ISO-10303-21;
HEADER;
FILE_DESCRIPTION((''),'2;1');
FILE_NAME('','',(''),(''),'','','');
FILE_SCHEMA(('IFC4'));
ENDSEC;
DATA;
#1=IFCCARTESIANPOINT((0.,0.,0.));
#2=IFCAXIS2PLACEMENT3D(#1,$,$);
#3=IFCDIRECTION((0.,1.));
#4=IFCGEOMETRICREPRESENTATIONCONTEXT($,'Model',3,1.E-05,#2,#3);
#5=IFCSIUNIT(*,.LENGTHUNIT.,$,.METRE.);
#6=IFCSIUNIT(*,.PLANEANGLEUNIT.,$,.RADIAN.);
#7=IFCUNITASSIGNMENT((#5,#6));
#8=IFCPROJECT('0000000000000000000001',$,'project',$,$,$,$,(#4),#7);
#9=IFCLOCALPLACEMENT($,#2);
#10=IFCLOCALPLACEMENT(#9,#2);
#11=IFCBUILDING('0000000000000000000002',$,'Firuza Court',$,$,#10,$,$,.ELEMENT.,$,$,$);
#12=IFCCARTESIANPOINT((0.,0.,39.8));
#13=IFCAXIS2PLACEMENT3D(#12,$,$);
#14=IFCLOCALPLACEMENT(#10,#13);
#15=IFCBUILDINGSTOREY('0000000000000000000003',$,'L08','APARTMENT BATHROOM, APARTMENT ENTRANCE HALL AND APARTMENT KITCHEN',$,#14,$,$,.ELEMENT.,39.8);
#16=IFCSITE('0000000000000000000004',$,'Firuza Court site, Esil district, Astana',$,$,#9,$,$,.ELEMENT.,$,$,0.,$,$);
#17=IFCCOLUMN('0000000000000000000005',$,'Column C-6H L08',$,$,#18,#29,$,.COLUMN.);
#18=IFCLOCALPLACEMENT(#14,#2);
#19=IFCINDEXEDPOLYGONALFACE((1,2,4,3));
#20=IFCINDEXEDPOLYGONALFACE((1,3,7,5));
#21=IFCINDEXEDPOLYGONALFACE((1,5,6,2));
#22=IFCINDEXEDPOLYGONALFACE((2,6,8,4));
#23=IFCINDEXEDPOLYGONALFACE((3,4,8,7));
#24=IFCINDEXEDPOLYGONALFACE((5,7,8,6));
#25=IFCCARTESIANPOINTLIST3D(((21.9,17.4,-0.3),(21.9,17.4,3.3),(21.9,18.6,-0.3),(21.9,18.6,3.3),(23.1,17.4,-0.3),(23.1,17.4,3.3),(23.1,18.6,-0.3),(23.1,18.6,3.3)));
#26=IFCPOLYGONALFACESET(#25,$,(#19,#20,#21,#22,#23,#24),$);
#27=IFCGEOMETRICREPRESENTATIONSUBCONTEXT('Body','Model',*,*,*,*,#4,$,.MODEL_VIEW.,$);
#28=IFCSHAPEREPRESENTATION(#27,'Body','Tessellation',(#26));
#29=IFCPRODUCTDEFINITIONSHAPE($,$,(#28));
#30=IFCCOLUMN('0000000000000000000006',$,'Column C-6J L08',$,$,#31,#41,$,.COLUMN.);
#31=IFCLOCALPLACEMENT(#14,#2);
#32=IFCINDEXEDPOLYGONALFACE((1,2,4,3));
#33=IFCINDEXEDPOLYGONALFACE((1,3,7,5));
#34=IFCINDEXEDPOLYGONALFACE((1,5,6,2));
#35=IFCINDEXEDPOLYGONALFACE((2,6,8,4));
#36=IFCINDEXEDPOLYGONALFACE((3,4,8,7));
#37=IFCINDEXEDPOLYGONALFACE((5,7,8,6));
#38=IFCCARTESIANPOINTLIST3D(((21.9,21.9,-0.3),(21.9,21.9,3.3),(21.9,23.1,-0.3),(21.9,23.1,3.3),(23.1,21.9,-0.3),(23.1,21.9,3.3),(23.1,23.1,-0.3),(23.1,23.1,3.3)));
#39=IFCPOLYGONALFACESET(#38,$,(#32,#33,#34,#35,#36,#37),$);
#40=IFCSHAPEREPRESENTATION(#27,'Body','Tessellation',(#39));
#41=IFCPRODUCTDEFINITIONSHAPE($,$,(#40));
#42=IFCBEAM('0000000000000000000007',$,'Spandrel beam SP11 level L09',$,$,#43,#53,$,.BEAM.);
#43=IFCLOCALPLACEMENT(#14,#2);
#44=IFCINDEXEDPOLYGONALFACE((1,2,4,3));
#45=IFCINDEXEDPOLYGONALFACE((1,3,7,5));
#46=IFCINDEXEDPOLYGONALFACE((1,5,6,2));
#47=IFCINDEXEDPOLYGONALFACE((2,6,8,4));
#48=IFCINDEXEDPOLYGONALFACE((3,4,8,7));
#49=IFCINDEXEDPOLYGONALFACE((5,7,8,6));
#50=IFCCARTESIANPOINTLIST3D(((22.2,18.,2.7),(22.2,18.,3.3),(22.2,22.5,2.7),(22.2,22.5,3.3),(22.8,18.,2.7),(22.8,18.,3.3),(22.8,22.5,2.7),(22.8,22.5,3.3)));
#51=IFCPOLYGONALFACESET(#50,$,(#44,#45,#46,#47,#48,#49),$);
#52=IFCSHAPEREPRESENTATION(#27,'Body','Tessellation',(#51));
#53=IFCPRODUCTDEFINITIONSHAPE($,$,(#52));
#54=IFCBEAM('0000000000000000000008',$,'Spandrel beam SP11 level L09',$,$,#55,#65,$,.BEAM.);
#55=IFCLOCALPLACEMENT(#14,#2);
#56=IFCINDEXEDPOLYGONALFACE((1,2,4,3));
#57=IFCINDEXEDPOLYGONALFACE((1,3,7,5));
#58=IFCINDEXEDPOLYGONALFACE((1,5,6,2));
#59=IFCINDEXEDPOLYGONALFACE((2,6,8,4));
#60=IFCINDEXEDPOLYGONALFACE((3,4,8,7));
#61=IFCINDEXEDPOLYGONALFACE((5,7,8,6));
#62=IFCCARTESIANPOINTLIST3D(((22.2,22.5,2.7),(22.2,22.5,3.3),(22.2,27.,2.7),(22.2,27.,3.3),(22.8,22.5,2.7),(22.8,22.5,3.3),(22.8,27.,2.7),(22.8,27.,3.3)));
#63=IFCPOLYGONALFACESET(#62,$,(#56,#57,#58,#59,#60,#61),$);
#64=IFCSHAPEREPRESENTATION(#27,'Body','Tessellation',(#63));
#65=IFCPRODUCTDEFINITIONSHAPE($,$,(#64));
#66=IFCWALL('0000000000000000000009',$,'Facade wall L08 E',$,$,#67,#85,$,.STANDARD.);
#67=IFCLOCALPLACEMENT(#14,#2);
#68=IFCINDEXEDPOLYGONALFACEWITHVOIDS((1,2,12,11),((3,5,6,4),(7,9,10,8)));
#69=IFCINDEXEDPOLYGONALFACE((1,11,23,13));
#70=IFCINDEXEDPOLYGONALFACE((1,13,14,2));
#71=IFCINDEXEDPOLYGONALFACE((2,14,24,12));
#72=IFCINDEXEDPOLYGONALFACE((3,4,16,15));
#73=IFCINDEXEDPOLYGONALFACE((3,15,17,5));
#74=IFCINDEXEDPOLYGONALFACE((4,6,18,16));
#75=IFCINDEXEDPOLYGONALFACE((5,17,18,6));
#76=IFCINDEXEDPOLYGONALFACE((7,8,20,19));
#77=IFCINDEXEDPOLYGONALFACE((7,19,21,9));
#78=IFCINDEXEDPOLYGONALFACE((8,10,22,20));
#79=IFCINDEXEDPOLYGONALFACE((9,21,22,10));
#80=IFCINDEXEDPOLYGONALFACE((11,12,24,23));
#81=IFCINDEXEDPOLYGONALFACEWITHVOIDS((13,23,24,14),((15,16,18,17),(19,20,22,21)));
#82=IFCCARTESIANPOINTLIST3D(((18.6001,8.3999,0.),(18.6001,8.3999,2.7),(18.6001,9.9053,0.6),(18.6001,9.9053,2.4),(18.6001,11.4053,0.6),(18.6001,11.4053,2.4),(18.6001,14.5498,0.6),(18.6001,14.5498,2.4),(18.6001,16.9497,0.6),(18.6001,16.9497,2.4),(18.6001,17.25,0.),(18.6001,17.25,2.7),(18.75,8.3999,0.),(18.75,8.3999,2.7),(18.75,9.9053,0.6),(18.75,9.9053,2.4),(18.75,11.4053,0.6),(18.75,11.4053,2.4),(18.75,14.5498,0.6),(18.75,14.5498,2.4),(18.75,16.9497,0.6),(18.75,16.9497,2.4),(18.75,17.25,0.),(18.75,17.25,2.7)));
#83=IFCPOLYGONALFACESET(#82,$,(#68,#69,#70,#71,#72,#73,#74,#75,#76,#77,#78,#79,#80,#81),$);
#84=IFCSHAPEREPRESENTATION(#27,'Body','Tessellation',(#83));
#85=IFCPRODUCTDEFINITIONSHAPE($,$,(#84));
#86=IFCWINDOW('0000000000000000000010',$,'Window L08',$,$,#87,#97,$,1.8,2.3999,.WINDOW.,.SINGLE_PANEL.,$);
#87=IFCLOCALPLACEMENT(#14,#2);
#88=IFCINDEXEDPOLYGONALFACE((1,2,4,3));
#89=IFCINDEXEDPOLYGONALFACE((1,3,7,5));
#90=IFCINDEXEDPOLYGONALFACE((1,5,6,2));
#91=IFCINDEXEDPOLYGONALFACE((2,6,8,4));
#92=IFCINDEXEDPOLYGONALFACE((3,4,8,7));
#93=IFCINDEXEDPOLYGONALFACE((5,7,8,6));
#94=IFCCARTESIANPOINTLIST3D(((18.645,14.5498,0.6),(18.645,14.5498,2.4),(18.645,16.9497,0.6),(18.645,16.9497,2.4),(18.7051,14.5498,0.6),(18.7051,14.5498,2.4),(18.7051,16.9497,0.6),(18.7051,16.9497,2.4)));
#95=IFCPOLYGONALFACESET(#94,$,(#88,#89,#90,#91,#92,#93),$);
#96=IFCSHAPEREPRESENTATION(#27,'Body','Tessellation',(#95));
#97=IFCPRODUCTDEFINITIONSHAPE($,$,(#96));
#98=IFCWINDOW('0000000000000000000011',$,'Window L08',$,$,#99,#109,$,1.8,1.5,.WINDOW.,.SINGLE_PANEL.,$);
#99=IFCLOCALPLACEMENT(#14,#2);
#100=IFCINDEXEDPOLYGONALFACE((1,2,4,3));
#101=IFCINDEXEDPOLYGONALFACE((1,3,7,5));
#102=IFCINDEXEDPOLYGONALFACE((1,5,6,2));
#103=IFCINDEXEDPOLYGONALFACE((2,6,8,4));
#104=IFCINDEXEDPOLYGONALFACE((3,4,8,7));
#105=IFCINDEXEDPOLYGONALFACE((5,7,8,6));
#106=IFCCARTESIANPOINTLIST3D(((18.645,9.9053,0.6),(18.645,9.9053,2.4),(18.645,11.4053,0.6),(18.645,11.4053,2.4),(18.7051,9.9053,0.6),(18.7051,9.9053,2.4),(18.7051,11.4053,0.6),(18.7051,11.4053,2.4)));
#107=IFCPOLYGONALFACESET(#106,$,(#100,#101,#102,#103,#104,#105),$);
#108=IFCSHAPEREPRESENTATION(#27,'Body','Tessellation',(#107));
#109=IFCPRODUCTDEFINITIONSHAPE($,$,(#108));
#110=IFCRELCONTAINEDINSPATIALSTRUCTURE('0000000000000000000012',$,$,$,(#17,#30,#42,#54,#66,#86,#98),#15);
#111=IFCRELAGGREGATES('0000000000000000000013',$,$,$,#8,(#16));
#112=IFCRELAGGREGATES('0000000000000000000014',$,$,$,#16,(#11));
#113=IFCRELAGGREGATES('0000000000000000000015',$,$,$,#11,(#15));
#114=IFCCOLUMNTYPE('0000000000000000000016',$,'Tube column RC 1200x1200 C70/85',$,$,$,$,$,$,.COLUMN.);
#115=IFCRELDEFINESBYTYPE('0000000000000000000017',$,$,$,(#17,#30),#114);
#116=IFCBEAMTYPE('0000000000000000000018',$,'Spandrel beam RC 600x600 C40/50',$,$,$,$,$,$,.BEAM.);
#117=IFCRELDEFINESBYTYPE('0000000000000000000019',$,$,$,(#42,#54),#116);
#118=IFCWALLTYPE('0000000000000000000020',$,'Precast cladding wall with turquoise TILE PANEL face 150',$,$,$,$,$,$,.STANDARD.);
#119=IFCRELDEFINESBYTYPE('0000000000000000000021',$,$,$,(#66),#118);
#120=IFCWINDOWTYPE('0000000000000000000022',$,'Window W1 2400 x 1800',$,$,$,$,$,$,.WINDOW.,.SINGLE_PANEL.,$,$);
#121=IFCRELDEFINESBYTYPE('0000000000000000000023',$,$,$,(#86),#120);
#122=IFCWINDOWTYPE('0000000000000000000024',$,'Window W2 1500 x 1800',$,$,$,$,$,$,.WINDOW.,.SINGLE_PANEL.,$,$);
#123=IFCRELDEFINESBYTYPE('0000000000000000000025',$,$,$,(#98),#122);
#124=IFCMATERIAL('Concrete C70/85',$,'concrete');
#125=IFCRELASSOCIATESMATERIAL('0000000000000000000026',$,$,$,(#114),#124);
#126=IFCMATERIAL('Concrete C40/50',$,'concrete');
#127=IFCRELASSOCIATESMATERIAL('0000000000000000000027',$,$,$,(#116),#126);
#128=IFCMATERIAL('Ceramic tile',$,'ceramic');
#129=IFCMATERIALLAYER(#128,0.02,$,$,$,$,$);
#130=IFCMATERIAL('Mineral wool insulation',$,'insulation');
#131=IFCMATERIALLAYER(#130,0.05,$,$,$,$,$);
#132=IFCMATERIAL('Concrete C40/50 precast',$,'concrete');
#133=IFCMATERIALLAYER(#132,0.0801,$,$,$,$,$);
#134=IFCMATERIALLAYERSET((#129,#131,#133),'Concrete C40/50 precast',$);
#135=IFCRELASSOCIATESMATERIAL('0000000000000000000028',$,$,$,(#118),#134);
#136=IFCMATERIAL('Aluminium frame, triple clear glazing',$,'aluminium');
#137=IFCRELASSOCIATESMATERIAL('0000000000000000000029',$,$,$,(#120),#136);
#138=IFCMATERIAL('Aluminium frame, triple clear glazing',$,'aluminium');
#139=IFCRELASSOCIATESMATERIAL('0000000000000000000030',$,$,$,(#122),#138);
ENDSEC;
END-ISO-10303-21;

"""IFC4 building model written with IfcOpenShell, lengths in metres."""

from ifc_helpers import new_model, si_unit, direction, frame, frame_2d, origin, origin_2d, place, context, subcontext, project, spatial, rectangle, extrude, material, layer, layer_set, material_profile, profile_set, type_object, element, fill, save


model = new_model("IFC4")

# Units and contexts
model_context = context("Model", 3, precision=1e-05, world=origin(), true_north=direction((0.0, 1.0)))
body_context = subcontext(model_context, "Body", "Model", "MODEL_VIEW")
ifc_project = project(units=[si_unit("LENGTHUNIT", "METRE"), si_unit("PLANEANGLEUNIT", "RADIAN")], contexts=[model_context])

# Site, building, storey
site_placement = place(None, origin())
site = spatial("IfcSite", under=ifc_project, at=site_placement, Name="Firuza Court site, Esil district, Astana", CompositionType="ELEMENT", RefElevation=0.0)
building_placement = place(site_placement, origin())
building = spatial("IfcBuilding", under=site, at=building_placement, Name="Firuza Court", CompositionType="ELEMENT")
storey_placement = place(building_placement, frame((0.0, 0.0, 39.8)))
storey = spatial("IfcBuildingStorey", under=building, at=storey_placement, Name="L08", Description="APARTMENT BATHROOM, APARTMENT ENTRANCE HALL AND APARTMENT KITCHEN", CompositionType="ELEMENT", Elevation=39.8)

# Columns
ifc_material_1 = material(Name="Concrete C70/85", Category="concrete")
ifc_material_profile_1 = material_profile(ifc_material_1, rectangle(XDim=1.2, YDim=1.2, at=origin_2d()), Name="RC 1200x1200")
ifc_profile_set_1 = profile_set([ifc_material_profile_1], Name="Concrete C70/85")
column_type = type_object("IfcColumnType", Name="Tube column RC 1200x1200 C70/85", PredefinedType="COLUMN", material=ifc_profile_set_1)
for number, where, z_axis, x_axis, name in (
    (1, (22.5, 18.0, -0.3), (0.0, 0.0, 1.0), (1.0, 0.0, 0.0), "Column C-6H L08"),
    (2, (22.5, 22.5, -0.3), (0.0, 0.0, 1.0), (1.0, 0.0, 0.0), "Column C-6J L08"),
):
    element("IfcColumn", number, at=place(storey_placement, frame(where, z_axis=z_axis, x_axis=x_axis)), inside=storey, type_object=column_type, Name=name, PredefinedType="COLUMN", context=body_context, shape_type="SweptSolid", body=[
        extrude(rectangle(XDim=1.2, YDim=1.2, at=origin_2d()), origin(), (0.0, 0.0, 1.0), 3.6001),
    ])

# Beams
ifc_material_2 = material(Name="Concrete C40/50", Category="concrete")
ifc_material_profile_2 = material_profile(ifc_material_2, rectangle(XDim=0.6001, YDim=0.6001, at=origin_2d()), Name="RC 600x600")
ifc_profile_set_2 = profile_set([ifc_material_profile_2], Name="Concrete C40/50")
beam_type = type_object("IfcBeamType", Name="Spandrel beam RC 600x600 C40/50", PredefinedType="BEAM", material=ifc_profile_set_2)
for number, where, z_axis, x_axis, name in (
    (3, (22.5, 18.0, 3.0), (0.0, 1.0, 0.0), (-1.0, 0.0, 0.0), "Spandrel beam SP11 level L09"),
    (4, (22.5, 22.5, 3.0), (0.0, 1.0, 0.0), (-1.0, 0.0, 0.0), "Spandrel beam SP11 level L09"),
):
    element("IfcBeam", number, at=place(storey_placement, frame(where, z_axis=z_axis, x_axis=x_axis)), inside=storey, type_object=beam_type, Name=name, PredefinedType="BEAM", context=body_context, shape_type="SweptSolid", body=[
        extrude(rectangle(XDim=0.6001, YDim=0.6001, at=origin_2d()), origin(), (0.0, 0.0, 1.0), 4.5),
    ])

# Wall, openings, windows
ifc_material_3 = material(Name="Ceramic tile", Category="ceramic")
ifc_layer_1 = layer(ifc_material_3, 0.02)
ifc_material_4 = material(Name="Mineral wool insulation", Category="insulation")
ifc_layer_2 = layer(ifc_material_4, 0.05)
ifc_material_5 = material(Name="Concrete C40/50 precast", Category="concrete")
ifc_layer_3 = layer(ifc_material_5, 0.0801)
ifc_layer_set = layer_set([ifc_layer_1, ifc_layer_2, ifc_layer_3], Name="Concrete C40/50 precast")
wall_type = type_object("IfcWallType", Name="Precast cladding wall with turquoise TILE PANEL face 150", PredefinedType="STANDARD", material=ifc_layer_set)
wall_1_placement = place(storey_placement, frame((18.675, 8.3999, 0.0), z_axis=(0.0, 0.0, 1.0), x_axis=(0.0, 1.0, 0.0)))
wall_1 = element("IfcWall", 5, at=wall_1_placement, inside=storey, type_object=wall_type, Name="Facade wall L08 E", PredefinedType="STANDARD", context=body_context, shape_type="SweptSolid", body=[
    extrude(rectangle(XDim=8.8501, YDim=0.1499, at=frame_2d((4.425, 0.0))), origin(), (0.0, 0.0, 1.0), 2.7),
])
opening_1_placement = place(wall_1_placement, frame((1.5054, 0.0, 0.6001)))
opening_1 = element("IfcOpeningElement", 6, at=opening_1_placement, cuts=wall_1, PredefinedType="OPENING", context=body_context, shape_type="SweptSolid", body=[
    extrude(rectangle(XDim=1.5, YDim=1.8, at=frame_2d((0.75, 0.8999))), frame((0.0, 0.0869, 0.0), z_axis=(0.0, -1.0, 0.0), x_axis=(1.0, 0.0, 0.0)), (0.0, 0.0, 1.0), 0.1738),
])
opening_2_placement = place(wall_1_placement, frame((6.1499, 0.0, 0.6001)))
opening_2 = element("IfcOpeningElement", 7, at=opening_2_placement, cuts=wall_1, PredefinedType="OPENING", context=body_context, shape_type="SweptSolid", body=[
    extrude(rectangle(XDim=2.3999, YDim=1.8, at=frame_2d((1.2, 0.8999))), frame((0.0, 0.0869, 0.0), z_axis=(0.0, -1.0, 0.0), x_axis=(1.0, 0.0, 0.0)), (0.0, 0.0, 1.0), 0.1738),
])
ifc_material_6 = material(Name="Aluminium frame, triple clear glazing", Category="aluminium")
window_type_1 = type_object("IfcWindowType", Name="Window W1 2400 x 1800", PartitioningType="SINGLE_PANEL", PredefinedType="WINDOW", material=ifc_material_6)
window_1_placement = place(opening_2_placement, origin())
window_1 = element("IfcWindow", 8, at=window_1_placement, inside=storey, type_object=window_type_1, Name="Window L08", OverallHeight=1.8, OverallWidth=2.3999, PartitioningType="SINGLE_PANEL", PredefinedType="WINDOW", context=body_context, shape_type="SweptSolid", body=[
    extrude(rectangle(XDim=2.3999, YDim=1.8, at=frame_2d((1.2, 0.8999))), frame((0.0, 0.03, 0.0), z_axis=(0.0, -1.0, 0.0), x_axis=(1.0, 0.0, 0.0)), (0.0, 0.0, 1.0), 0.0601),
])
fill(opening_2, window_1)
ifc_material_7 = material(Name="Aluminium frame, triple clear glazing", Category="aluminium")
window_type_2 = type_object("IfcWindowType", Name="Window W2 1500 x 1800", PartitioningType="SINGLE_PANEL", PredefinedType="WINDOW", material=ifc_material_7)
window_2_placement = place(opening_1_placement, origin())
window_2 = element("IfcWindow", 9, at=window_2_placement, inside=storey, type_object=window_type_2, Name="Window L08", OverallHeight=1.8, OverallWidth=1.5, PartitioningType="SINGLE_PANEL", PredefinedType="WINDOW", context=body_context, shape_type="SweptSolid", body=[
    extrude(rectangle(XDim=1.5, YDim=1.8, at=frame_2d((0.75, 0.8999))), frame((0.0, 0.03, 0.0), z_axis=(0.0, -1.0, 0.0), x_axis=(1.0, 0.0, 0.0)), (0.0, 0.0, 1.0), 0.0601),
])
fill(opening_1, window_2)

save(model, "model.ifc")
